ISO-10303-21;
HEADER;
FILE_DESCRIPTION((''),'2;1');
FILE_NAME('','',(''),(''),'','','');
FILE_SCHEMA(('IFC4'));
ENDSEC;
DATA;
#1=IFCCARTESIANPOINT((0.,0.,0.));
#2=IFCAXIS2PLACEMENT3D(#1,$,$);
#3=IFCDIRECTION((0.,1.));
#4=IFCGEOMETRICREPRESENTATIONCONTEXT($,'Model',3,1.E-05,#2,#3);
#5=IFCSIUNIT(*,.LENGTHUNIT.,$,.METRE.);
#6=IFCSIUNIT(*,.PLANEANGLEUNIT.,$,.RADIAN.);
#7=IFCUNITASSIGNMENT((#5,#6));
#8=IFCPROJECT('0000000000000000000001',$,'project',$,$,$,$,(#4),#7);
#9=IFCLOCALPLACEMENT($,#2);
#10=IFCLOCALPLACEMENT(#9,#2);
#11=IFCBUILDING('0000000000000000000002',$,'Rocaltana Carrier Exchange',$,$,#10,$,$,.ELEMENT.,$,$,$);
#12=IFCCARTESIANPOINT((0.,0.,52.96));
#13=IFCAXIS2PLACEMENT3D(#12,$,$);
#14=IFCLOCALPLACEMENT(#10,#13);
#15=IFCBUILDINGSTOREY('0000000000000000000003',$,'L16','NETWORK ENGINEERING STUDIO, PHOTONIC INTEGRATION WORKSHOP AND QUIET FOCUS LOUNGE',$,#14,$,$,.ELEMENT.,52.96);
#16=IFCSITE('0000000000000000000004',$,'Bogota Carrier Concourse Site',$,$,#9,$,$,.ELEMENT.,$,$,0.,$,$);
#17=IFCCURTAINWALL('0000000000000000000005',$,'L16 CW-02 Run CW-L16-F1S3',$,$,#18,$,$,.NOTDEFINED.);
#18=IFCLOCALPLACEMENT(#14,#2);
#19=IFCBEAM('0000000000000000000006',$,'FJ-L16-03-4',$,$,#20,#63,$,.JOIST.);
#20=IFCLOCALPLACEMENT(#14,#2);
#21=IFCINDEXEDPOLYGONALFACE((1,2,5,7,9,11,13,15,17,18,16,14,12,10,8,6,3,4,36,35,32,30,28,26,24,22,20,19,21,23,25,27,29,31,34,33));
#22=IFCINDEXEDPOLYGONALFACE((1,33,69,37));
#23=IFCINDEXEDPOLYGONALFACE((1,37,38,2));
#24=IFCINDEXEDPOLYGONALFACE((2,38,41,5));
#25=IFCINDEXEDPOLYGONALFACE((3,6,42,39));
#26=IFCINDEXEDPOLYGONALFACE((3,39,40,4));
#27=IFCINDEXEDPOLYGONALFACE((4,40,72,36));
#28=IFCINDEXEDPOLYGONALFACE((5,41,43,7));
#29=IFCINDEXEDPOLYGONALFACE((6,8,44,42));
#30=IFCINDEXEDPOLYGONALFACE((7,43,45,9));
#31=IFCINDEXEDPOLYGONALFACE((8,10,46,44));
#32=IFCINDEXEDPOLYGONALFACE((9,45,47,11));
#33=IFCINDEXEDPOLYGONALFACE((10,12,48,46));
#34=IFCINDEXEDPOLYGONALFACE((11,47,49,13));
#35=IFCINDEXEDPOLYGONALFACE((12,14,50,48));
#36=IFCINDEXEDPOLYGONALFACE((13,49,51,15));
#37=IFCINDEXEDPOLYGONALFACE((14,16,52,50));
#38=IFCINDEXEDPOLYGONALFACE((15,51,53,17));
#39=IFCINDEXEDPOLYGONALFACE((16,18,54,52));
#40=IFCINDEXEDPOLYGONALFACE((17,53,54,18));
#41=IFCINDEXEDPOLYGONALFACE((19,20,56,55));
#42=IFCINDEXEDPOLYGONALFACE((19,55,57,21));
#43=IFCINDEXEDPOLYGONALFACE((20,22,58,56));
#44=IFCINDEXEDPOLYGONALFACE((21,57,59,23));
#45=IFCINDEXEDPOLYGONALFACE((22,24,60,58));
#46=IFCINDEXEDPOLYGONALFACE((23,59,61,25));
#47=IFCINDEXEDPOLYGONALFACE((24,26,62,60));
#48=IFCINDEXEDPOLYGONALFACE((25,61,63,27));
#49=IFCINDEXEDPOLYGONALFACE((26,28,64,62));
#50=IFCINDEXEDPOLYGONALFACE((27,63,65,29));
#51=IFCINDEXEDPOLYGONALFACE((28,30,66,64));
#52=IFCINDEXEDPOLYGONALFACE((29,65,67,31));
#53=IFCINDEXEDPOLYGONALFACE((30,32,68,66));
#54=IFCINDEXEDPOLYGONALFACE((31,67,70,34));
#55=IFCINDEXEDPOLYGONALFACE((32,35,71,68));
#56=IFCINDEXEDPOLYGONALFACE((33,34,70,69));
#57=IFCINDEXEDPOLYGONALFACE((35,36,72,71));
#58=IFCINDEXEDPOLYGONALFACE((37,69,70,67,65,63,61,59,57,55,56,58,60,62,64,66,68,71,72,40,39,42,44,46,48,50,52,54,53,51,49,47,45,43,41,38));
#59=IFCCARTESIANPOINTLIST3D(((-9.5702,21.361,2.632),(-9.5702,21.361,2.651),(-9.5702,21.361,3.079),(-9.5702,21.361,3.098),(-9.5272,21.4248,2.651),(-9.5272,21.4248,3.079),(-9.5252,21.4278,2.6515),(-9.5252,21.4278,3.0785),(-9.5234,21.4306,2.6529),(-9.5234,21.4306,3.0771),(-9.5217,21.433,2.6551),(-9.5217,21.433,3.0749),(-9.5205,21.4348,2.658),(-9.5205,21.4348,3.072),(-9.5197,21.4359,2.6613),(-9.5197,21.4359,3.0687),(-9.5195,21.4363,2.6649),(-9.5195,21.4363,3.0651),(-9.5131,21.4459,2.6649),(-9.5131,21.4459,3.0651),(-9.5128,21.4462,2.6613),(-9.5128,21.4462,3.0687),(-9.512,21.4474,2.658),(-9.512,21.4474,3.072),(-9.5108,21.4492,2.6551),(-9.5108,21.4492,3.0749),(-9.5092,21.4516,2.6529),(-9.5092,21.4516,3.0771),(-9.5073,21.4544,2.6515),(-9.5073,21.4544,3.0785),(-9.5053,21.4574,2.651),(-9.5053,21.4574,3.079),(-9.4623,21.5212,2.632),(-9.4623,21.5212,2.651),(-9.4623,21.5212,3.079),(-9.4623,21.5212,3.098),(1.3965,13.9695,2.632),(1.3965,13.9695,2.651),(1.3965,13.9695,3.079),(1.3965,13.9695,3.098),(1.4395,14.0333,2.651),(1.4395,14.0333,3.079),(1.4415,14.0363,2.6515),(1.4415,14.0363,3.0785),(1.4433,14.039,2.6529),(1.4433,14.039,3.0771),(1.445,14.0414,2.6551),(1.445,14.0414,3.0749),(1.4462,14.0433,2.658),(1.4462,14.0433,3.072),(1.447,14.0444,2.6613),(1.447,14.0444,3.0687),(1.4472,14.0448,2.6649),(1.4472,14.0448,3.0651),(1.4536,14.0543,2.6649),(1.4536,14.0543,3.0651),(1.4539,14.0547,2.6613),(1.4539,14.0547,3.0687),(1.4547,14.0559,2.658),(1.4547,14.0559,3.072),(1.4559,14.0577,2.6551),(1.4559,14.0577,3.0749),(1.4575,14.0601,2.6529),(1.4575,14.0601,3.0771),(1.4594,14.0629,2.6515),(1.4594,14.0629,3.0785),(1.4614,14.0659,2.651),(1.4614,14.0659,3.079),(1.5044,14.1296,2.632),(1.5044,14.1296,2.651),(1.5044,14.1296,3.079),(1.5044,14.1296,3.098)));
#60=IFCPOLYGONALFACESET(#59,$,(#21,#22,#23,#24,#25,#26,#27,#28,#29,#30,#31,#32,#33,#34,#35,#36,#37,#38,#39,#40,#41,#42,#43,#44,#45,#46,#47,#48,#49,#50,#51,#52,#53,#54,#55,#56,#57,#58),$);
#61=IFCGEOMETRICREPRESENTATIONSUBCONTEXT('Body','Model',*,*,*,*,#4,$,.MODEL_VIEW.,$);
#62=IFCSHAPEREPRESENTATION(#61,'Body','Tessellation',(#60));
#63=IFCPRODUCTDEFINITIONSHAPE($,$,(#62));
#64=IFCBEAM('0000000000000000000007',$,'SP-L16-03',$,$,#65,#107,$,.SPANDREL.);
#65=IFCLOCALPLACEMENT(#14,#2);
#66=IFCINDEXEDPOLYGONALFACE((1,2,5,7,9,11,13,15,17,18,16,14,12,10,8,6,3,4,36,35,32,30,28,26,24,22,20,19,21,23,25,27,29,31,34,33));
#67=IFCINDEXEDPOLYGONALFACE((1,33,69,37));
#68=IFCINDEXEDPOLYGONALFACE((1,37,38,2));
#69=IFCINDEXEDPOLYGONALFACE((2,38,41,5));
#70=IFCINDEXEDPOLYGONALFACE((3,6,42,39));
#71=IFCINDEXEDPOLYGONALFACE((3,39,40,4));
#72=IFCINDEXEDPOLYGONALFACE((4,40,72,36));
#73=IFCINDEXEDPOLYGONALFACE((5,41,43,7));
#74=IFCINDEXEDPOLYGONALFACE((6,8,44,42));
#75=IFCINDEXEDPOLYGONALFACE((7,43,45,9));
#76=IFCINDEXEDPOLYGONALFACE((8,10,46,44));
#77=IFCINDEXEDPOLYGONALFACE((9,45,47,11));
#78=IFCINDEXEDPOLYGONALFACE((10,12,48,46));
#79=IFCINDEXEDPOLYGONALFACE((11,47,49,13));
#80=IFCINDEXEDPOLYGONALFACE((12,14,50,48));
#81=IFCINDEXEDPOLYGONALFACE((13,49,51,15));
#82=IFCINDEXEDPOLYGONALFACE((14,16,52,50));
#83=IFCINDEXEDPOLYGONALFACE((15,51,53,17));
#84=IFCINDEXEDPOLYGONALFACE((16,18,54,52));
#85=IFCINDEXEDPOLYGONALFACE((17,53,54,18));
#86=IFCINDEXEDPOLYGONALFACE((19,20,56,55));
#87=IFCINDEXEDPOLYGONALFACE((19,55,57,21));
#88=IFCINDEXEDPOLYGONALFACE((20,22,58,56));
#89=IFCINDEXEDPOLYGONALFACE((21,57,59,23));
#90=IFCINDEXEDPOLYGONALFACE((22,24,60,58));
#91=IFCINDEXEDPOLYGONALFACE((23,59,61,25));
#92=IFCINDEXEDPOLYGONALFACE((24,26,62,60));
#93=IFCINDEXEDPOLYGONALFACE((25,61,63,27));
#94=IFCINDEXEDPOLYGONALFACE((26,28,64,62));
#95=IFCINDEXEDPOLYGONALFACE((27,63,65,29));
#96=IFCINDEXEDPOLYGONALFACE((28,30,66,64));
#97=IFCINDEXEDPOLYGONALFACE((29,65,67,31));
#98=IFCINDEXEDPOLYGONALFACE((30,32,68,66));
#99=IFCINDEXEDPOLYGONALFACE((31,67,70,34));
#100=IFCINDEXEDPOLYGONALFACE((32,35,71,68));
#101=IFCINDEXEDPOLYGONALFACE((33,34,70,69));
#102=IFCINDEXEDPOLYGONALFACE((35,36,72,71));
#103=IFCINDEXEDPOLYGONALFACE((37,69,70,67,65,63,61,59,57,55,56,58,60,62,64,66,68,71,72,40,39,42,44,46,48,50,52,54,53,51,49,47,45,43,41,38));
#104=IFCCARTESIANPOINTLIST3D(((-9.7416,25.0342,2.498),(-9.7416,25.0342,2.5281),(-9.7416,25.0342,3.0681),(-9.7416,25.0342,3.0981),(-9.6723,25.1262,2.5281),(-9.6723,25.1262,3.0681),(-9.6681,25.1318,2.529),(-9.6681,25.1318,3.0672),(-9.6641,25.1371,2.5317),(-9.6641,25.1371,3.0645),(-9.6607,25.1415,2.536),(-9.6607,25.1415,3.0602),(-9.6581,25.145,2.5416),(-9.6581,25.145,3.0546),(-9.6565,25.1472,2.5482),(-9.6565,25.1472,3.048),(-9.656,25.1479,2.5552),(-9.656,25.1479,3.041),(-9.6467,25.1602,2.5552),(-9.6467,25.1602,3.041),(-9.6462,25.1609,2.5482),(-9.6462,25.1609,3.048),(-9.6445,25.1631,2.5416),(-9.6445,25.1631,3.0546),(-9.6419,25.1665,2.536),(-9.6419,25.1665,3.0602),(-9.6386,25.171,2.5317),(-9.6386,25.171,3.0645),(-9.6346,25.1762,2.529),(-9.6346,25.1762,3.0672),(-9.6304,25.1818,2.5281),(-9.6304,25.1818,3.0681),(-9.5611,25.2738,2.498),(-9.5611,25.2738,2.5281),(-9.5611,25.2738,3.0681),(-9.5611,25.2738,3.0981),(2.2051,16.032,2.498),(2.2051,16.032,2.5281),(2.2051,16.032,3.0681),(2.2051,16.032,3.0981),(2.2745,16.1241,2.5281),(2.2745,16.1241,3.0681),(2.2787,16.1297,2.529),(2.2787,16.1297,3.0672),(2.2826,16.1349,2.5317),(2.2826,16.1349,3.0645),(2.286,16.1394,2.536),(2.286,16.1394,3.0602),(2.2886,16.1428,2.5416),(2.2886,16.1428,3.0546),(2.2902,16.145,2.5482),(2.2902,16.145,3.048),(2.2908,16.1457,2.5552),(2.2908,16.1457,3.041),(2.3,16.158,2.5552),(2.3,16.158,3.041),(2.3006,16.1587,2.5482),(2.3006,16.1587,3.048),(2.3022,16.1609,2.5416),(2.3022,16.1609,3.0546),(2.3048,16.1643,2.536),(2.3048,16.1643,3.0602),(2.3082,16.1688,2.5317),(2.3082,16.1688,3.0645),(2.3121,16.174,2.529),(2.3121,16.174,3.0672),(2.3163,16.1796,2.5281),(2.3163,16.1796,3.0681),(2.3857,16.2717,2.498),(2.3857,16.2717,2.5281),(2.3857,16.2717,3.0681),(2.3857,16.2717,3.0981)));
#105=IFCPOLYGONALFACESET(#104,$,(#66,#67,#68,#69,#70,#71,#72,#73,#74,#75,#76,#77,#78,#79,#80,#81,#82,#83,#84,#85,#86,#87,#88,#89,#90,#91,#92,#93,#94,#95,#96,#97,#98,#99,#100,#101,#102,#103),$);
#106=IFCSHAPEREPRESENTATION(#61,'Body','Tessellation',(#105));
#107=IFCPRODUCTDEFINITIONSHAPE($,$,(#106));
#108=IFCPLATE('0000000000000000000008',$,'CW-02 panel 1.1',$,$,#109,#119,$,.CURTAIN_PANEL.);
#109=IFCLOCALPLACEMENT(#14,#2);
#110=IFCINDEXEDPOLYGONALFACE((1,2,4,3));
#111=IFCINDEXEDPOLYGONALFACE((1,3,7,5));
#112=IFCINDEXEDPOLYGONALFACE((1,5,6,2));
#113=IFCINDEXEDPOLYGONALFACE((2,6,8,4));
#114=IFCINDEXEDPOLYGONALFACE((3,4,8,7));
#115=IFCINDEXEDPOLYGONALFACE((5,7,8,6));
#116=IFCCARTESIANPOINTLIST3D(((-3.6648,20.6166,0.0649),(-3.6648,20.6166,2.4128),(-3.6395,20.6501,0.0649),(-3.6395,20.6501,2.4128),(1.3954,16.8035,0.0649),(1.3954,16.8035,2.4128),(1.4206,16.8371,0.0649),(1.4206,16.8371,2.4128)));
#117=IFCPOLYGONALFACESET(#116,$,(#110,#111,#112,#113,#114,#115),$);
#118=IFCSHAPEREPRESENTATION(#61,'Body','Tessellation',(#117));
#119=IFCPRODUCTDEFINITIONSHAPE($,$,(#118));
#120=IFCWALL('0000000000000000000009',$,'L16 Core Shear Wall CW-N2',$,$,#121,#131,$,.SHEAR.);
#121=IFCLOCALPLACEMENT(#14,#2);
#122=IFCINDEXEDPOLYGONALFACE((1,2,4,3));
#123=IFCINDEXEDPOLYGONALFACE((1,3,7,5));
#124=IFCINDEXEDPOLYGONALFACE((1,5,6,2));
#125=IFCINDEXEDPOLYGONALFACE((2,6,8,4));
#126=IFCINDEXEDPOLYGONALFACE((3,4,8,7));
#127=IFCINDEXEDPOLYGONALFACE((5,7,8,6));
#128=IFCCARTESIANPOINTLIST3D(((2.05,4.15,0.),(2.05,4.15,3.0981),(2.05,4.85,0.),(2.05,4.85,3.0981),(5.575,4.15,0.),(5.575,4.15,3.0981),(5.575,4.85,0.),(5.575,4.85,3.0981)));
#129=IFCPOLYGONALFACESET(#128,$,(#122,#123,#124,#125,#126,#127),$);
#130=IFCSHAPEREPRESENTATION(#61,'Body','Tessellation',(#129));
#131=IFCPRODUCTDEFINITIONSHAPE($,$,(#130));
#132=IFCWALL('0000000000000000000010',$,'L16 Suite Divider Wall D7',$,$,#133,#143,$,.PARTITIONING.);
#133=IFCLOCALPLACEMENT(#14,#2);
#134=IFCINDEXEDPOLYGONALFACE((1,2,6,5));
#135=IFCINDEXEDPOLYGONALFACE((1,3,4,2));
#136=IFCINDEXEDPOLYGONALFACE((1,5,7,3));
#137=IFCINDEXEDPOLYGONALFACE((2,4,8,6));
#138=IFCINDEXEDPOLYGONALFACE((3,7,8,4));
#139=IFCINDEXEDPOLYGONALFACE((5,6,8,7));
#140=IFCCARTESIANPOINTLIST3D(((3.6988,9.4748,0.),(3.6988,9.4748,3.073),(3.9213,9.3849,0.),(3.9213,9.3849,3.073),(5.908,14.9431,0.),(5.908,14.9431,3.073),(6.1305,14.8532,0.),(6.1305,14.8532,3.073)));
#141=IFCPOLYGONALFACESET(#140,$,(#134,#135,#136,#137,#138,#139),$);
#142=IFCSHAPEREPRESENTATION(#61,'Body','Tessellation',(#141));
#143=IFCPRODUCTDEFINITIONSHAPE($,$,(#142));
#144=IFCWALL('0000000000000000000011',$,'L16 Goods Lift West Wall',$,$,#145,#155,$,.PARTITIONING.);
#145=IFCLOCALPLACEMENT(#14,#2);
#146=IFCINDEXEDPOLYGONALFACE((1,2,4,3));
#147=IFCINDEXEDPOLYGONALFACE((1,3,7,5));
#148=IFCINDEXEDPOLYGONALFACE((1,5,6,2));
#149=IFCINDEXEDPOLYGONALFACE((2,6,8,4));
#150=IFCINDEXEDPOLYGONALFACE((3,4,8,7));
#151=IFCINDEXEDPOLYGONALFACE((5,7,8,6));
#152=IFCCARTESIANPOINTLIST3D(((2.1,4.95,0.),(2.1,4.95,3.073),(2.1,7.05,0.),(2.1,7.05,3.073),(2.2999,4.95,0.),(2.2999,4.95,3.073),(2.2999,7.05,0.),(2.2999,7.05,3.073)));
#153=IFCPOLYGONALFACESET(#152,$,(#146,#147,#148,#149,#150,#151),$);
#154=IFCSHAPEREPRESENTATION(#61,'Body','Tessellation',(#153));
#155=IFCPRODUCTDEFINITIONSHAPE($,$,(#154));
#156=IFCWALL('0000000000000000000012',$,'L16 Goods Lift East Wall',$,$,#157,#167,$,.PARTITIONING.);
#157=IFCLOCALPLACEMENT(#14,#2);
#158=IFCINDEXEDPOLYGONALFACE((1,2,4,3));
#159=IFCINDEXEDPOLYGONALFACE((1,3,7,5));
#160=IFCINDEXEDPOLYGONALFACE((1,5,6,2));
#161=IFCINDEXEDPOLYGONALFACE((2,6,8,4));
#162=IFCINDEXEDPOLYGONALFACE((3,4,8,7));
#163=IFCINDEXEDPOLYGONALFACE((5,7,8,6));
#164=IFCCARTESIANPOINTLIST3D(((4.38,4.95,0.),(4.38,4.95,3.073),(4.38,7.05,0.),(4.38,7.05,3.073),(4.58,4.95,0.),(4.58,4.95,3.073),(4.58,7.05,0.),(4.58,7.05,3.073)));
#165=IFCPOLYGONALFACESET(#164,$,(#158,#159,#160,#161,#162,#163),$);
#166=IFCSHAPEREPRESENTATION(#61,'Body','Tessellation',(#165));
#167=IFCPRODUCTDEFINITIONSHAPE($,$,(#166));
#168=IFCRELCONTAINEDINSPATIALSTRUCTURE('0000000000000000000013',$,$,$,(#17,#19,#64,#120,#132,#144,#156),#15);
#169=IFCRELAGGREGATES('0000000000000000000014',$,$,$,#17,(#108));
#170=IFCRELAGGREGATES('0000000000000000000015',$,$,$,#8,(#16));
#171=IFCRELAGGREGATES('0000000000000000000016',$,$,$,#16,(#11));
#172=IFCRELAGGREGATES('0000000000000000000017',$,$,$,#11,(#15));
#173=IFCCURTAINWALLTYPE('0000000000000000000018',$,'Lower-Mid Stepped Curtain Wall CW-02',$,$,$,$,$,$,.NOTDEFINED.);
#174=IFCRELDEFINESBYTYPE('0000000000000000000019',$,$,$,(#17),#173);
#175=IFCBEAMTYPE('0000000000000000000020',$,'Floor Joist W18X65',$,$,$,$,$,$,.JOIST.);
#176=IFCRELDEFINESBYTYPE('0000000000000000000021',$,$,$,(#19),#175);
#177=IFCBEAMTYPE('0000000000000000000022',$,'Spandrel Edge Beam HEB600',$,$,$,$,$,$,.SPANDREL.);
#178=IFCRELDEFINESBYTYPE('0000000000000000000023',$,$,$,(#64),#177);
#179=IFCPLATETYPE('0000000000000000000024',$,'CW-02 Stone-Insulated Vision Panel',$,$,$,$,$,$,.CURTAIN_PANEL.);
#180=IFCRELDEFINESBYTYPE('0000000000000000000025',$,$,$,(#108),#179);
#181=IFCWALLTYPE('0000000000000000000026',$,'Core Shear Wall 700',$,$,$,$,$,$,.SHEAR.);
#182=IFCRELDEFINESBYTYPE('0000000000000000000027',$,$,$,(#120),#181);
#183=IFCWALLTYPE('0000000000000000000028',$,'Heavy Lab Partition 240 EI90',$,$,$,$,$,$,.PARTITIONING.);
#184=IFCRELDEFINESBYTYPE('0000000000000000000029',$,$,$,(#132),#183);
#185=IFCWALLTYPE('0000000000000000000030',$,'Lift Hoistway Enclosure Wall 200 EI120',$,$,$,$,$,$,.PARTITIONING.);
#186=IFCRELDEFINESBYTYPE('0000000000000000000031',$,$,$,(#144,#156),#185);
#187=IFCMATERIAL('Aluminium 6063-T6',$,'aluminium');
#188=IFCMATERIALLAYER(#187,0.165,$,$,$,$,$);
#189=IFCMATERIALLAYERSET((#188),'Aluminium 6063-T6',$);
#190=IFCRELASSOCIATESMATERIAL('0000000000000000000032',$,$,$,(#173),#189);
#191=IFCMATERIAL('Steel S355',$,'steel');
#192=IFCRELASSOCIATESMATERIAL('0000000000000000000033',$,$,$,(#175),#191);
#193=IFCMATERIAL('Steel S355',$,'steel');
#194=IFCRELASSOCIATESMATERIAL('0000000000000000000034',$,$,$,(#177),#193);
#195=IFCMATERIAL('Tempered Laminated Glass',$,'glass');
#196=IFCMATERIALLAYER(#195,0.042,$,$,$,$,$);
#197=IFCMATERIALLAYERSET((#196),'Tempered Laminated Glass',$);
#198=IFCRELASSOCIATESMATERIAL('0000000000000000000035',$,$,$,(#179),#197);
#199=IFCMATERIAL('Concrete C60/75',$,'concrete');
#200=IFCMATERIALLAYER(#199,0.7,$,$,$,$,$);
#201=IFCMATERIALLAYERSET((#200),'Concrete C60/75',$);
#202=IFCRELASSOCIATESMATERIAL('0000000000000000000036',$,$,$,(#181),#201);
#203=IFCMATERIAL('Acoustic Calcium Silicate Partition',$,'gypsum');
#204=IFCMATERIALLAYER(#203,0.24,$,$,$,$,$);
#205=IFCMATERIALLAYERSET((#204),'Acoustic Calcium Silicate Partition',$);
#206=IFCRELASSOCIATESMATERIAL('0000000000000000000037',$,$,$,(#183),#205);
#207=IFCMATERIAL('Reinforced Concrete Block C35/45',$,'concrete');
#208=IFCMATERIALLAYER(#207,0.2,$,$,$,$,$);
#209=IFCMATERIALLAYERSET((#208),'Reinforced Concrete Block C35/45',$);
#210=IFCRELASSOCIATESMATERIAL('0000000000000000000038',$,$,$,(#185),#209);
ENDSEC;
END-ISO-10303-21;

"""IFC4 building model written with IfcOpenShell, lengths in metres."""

from ifc_helpers import new_model, si_unit, direction, frame, frame_2d, origin, origin_2d, place, context, subcontext, project, spatial, rectangle, i_section, extrude, material, layer, layer_set, material_profile, profile_set, type_object, element, aggregate, save


model = new_model("IFC4")

# Units and contexts
model_context = context("Model", 3, precision=1e-05, world=origin(), true_north=direction((0.0, 1.0)))
body_context = subcontext(model_context, "Body", "Model", "MODEL_VIEW")
ifc_project = project(units=[si_unit("LENGTHUNIT", "METRE"), si_unit("PLANEANGLEUNIT", "RADIAN")], contexts=[model_context])

# Site, building, storey
site_placement = place(None, origin())
site = spatial("IfcSite", under=ifc_project, at=site_placement, Name="Bogota Carrier Concourse Site", CompositionType="ELEMENT", RefElevation=0.0)
building_placement = place(site_placement, origin())
building = spatial("IfcBuilding", under=site, at=building_placement, Name="Rocaltana Carrier Exchange", CompositionType="ELEMENT")
storey_placement = place(building_placement, frame((0.0, 0.0, 52.96)))
storey = spatial("IfcBuildingStorey", under=building, at=storey_placement, Name="L16", Description="NETWORK ENGINEERING STUDIO, PHOTONIC INTEGRATION WORKSHOP AND QUIET FOCUS LOUNGE", CompositionType="ELEMENT", Elevation=52.96)

# Shared definitions
ifc_material_1 = material(Name="Aluminium 6063-T6", Category="aluminium")
ifc_layer_1 = layer(ifc_material_1, 0.165)
ifc_layer_set_1 = layer_set([ifc_layer_1], Name="Aluminium 6063-T6")
curtain_wall_type = type_object("IfcCurtainWallType", Name="Lower-Mid Stepped Curtain Wall CW-02", PredefinedType="NOTDEFINED", material=ifc_layer_set_1)

# Curtain wall
curtain_wall_1_placement = place(storey_placement, origin())
curtain_wall_1 = element("IfcCurtainWall", 1, at=curtain_wall_1_placement, inside=storey, type_object=curtain_wall_type, Name="L16 CW-02 Run CW-L16-F1S3", PredefinedType="NOTDEFINED")

# Beams
ifc_material_2 = material(Name="Steel S355", Category="steel")
ifc_material_profile_1 = material_profile(ifc_material_2, i_section(OverallWidth=0.1931, OverallDepth=0.4661, WebThickness=0.0115, FlangeThickness=0.019, FilletRadius=0.0139, at=origin_2d()), Name="W18X65")
ifc_profile_set_1 = profile_set([ifc_material_profile_1], Name="Steel S355")
beam_type_1 = type_object("IfcBeamType", Name="Floor Joist W18X65", PredefinedType="JOIST", material=ifc_profile_set_1)
beam_1_placement = place(storey_placement, frame((1.4504, 14.0496, 2.865), z_axis=(-0.829234, 0.558902, 0.0), x_axis=(-0.558902, -0.829234, 0.0)))
element("IfcBeam", 2, at=beam_1_placement, inside=storey, type_object=beam_type_1, Name="FJ-L16-03-4", PredefinedType="JOIST", context=body_context, shape_type="SweptSolid", body=[
    extrude(i_section(OverallWidth=0.1931, OverallDepth=0.4661, WebThickness=0.0115, FlangeThickness=0.019, FilletRadius=0.0139, at=origin_2d()), origin(), (0.0, 0.0, 1.0), 13.2251),
])
ifc_material_3 = material(Name="Steel S355", Category="steel")
ifc_material_profile_2 = material_profile(ifc_material_3, i_section(OverallWidth=0.3, OverallDepth=0.6001, WebThickness=0.0154, FlangeThickness=0.03, FilletRadius=0.0271, at=origin_2d()), Name="HEB600")
ifc_profile_set_2 = profile_set([ifc_material_profile_2], Name="Steel S355")
beam_type_2 = type_object("IfcBeamType", Name="Spandrel Edge Beam HEB600", PredefinedType="SPANDREL", material=ifc_profile_set_2)
beam_2_placement = place(storey_placement, frame((2.2954, 16.1519, 2.7981), z_axis=(-0.798647, 0.6018, 0.0), x_axis=(-0.6018, -0.798647, 0.0)))
element("IfcBeam", 3, at=beam_2_placement, inside=storey, type_object=beam_type_2, Name="SP-L16-03", PredefinedType="SPANDREL", context=body_context, shape_type="SweptSolid", body=[
    extrude(i_section(OverallWidth=0.3, OverallDepth=0.6001, WebThickness=0.0154, FlangeThickness=0.03, FilletRadius=0.0271, at=origin_2d()), origin(), (0.0, 0.0, 1.0), 14.9587),
])

# Plate
ifc_material_4 = material(Name="Tempered Laminated Glass", Category="glass")
ifc_layer_2 = layer(ifc_material_4, 0.042)
ifc_layer_set_2 = layer_set([ifc_layer_2], Name="Tempered Laminated Glass")
plate_type = type_object("IfcPlateType", Name="CW-02 Stone-Insulated Vision Panel", PredefinedType="CURTAIN_PANEL", material=ifc_layer_set_2)
plate_placement = place(storey_placement, frame((-1.1221, 18.7268, 0.0649), z_axis=(0.0, 0.0, 1.0), x_axis=(-0.798638, 0.601812, 0.0)))
plate = element("IfcPlate", 4, at=plate_placement, type_object=plate_type, Name="CW-02 panel 1.1", PredefinedType="CURTAIN_PANEL", context=body_context, shape_type="SweptSolid", body=[
    extrude(rectangle(XDim=6.3359, YDim=0.042, at=origin_2d()), origin(), (0.0, 0.0, 1.0), 2.3479),
])
aggregate(curtain_wall_1, [plate])

# Walls
ifc_material_5 = material(Name="Concrete C60/75", Category="concrete")
ifc_layer_3 = layer(ifc_material_5, 0.7)
ifc_layer_set_3 = layer_set([ifc_layer_3], Name="Concrete C60/75")
wall_type_1 = type_object("IfcWallType", Name="Core Shear Wall 700", PredefinedType="SHEAR", material=ifc_layer_set_3)
wall_1_placement = place(storey_placement, frame((2.05, 4.5, 0.0), z_axis=(0.0, 0.0, 1.0), x_axis=(1.0, 0.0, 0.0)))
element("IfcWall", 5, at=wall_1_placement, inside=storey, type_object=wall_type_1, Name="L16 Core Shear Wall CW-N2", PredefinedType="SHEAR", context=body_context, shape_type="SweptSolid", body=[
    extrude(rectangle(XDim=3.5249, YDim=0.7, at=frame_2d((1.7625, 0.0))), origin(), (0.0, 0.0, 1.0), 3.0981),
])
ifc_material_6 = material(Name="Acoustic Calcium Silicate Partition", Category="gypsum")
ifc_layer_4 = layer(ifc_material_6, 0.24)
ifc_layer_set_4 = layer_set([ifc_layer_4], Name="Acoustic Calcium Silicate Partition")
wall_type_2 = type_object("IfcWallType", Name="Heavy Lab Partition 240 EI90", PredefinedType="PARTITIONING", material=ifc_layer_set_4)
wall_2_placement = place(storey_placement, frame((3.8101, 9.4299, 0.0), z_axis=(0.0, 0.0, 1.0), x_axis=(0.374593, 0.927189, 0.0)))
element("IfcWall", 6, at=wall_2_placement, inside=storey, type_object=wall_type_2, Name="L16 Suite Divider Wall D7", PredefinedType="PARTITIONING", context=body_context, shape_type="SweptSolid", body=[
    extrude(rectangle(XDim=5.8977, YDim=0.24, at=frame_2d((2.9487, 0.0))), origin(), (0.0, 0.0, 1.0), 3.073),
])
ifc_material_7 = material(Name="Reinforced Concrete Block C35/45", Category="concrete")
ifc_layer_5 = layer(ifc_material_7, 0.2)
ifc_layer_set_5 = layer_set([ifc_layer_5], Name="Reinforced Concrete Block C35/45")
wall_type_3 = type_object("IfcWallType", Name="Lift Hoistway Enclosure Wall 200 EI120", PredefinedType="PARTITIONING", material=ifc_layer_set_5)
for number, where, z_axis, x_axis, name in (
    (7, (2.2, 4.95, 0.0), (0.0, 0.0, 1.0), (0.0, 1.0, 0.0), "L16 Goods Lift West Wall"),
    (8, (4.48, 4.95, 0.0), (0.0, 0.0, 1.0), (0.0, 1.0, 0.0), "L16 Goods Lift East Wall"),
):
    element("IfcWall", number, at=place(storey_placement, frame(where, z_axis=z_axis, x_axis=x_axis)), inside=storey, type_object=wall_type_3, Name=name, PredefinedType="PARTITIONING", context=body_context, shape_type="SweptSolid", body=[
        extrude(rectangle(XDim=2.1001, YDim=0.2, at=frame_2d((1.05, 0.0))), origin(), (0.0, 0.0, 1.0), 3.073),
    ])

save(model, "model.ifc")
